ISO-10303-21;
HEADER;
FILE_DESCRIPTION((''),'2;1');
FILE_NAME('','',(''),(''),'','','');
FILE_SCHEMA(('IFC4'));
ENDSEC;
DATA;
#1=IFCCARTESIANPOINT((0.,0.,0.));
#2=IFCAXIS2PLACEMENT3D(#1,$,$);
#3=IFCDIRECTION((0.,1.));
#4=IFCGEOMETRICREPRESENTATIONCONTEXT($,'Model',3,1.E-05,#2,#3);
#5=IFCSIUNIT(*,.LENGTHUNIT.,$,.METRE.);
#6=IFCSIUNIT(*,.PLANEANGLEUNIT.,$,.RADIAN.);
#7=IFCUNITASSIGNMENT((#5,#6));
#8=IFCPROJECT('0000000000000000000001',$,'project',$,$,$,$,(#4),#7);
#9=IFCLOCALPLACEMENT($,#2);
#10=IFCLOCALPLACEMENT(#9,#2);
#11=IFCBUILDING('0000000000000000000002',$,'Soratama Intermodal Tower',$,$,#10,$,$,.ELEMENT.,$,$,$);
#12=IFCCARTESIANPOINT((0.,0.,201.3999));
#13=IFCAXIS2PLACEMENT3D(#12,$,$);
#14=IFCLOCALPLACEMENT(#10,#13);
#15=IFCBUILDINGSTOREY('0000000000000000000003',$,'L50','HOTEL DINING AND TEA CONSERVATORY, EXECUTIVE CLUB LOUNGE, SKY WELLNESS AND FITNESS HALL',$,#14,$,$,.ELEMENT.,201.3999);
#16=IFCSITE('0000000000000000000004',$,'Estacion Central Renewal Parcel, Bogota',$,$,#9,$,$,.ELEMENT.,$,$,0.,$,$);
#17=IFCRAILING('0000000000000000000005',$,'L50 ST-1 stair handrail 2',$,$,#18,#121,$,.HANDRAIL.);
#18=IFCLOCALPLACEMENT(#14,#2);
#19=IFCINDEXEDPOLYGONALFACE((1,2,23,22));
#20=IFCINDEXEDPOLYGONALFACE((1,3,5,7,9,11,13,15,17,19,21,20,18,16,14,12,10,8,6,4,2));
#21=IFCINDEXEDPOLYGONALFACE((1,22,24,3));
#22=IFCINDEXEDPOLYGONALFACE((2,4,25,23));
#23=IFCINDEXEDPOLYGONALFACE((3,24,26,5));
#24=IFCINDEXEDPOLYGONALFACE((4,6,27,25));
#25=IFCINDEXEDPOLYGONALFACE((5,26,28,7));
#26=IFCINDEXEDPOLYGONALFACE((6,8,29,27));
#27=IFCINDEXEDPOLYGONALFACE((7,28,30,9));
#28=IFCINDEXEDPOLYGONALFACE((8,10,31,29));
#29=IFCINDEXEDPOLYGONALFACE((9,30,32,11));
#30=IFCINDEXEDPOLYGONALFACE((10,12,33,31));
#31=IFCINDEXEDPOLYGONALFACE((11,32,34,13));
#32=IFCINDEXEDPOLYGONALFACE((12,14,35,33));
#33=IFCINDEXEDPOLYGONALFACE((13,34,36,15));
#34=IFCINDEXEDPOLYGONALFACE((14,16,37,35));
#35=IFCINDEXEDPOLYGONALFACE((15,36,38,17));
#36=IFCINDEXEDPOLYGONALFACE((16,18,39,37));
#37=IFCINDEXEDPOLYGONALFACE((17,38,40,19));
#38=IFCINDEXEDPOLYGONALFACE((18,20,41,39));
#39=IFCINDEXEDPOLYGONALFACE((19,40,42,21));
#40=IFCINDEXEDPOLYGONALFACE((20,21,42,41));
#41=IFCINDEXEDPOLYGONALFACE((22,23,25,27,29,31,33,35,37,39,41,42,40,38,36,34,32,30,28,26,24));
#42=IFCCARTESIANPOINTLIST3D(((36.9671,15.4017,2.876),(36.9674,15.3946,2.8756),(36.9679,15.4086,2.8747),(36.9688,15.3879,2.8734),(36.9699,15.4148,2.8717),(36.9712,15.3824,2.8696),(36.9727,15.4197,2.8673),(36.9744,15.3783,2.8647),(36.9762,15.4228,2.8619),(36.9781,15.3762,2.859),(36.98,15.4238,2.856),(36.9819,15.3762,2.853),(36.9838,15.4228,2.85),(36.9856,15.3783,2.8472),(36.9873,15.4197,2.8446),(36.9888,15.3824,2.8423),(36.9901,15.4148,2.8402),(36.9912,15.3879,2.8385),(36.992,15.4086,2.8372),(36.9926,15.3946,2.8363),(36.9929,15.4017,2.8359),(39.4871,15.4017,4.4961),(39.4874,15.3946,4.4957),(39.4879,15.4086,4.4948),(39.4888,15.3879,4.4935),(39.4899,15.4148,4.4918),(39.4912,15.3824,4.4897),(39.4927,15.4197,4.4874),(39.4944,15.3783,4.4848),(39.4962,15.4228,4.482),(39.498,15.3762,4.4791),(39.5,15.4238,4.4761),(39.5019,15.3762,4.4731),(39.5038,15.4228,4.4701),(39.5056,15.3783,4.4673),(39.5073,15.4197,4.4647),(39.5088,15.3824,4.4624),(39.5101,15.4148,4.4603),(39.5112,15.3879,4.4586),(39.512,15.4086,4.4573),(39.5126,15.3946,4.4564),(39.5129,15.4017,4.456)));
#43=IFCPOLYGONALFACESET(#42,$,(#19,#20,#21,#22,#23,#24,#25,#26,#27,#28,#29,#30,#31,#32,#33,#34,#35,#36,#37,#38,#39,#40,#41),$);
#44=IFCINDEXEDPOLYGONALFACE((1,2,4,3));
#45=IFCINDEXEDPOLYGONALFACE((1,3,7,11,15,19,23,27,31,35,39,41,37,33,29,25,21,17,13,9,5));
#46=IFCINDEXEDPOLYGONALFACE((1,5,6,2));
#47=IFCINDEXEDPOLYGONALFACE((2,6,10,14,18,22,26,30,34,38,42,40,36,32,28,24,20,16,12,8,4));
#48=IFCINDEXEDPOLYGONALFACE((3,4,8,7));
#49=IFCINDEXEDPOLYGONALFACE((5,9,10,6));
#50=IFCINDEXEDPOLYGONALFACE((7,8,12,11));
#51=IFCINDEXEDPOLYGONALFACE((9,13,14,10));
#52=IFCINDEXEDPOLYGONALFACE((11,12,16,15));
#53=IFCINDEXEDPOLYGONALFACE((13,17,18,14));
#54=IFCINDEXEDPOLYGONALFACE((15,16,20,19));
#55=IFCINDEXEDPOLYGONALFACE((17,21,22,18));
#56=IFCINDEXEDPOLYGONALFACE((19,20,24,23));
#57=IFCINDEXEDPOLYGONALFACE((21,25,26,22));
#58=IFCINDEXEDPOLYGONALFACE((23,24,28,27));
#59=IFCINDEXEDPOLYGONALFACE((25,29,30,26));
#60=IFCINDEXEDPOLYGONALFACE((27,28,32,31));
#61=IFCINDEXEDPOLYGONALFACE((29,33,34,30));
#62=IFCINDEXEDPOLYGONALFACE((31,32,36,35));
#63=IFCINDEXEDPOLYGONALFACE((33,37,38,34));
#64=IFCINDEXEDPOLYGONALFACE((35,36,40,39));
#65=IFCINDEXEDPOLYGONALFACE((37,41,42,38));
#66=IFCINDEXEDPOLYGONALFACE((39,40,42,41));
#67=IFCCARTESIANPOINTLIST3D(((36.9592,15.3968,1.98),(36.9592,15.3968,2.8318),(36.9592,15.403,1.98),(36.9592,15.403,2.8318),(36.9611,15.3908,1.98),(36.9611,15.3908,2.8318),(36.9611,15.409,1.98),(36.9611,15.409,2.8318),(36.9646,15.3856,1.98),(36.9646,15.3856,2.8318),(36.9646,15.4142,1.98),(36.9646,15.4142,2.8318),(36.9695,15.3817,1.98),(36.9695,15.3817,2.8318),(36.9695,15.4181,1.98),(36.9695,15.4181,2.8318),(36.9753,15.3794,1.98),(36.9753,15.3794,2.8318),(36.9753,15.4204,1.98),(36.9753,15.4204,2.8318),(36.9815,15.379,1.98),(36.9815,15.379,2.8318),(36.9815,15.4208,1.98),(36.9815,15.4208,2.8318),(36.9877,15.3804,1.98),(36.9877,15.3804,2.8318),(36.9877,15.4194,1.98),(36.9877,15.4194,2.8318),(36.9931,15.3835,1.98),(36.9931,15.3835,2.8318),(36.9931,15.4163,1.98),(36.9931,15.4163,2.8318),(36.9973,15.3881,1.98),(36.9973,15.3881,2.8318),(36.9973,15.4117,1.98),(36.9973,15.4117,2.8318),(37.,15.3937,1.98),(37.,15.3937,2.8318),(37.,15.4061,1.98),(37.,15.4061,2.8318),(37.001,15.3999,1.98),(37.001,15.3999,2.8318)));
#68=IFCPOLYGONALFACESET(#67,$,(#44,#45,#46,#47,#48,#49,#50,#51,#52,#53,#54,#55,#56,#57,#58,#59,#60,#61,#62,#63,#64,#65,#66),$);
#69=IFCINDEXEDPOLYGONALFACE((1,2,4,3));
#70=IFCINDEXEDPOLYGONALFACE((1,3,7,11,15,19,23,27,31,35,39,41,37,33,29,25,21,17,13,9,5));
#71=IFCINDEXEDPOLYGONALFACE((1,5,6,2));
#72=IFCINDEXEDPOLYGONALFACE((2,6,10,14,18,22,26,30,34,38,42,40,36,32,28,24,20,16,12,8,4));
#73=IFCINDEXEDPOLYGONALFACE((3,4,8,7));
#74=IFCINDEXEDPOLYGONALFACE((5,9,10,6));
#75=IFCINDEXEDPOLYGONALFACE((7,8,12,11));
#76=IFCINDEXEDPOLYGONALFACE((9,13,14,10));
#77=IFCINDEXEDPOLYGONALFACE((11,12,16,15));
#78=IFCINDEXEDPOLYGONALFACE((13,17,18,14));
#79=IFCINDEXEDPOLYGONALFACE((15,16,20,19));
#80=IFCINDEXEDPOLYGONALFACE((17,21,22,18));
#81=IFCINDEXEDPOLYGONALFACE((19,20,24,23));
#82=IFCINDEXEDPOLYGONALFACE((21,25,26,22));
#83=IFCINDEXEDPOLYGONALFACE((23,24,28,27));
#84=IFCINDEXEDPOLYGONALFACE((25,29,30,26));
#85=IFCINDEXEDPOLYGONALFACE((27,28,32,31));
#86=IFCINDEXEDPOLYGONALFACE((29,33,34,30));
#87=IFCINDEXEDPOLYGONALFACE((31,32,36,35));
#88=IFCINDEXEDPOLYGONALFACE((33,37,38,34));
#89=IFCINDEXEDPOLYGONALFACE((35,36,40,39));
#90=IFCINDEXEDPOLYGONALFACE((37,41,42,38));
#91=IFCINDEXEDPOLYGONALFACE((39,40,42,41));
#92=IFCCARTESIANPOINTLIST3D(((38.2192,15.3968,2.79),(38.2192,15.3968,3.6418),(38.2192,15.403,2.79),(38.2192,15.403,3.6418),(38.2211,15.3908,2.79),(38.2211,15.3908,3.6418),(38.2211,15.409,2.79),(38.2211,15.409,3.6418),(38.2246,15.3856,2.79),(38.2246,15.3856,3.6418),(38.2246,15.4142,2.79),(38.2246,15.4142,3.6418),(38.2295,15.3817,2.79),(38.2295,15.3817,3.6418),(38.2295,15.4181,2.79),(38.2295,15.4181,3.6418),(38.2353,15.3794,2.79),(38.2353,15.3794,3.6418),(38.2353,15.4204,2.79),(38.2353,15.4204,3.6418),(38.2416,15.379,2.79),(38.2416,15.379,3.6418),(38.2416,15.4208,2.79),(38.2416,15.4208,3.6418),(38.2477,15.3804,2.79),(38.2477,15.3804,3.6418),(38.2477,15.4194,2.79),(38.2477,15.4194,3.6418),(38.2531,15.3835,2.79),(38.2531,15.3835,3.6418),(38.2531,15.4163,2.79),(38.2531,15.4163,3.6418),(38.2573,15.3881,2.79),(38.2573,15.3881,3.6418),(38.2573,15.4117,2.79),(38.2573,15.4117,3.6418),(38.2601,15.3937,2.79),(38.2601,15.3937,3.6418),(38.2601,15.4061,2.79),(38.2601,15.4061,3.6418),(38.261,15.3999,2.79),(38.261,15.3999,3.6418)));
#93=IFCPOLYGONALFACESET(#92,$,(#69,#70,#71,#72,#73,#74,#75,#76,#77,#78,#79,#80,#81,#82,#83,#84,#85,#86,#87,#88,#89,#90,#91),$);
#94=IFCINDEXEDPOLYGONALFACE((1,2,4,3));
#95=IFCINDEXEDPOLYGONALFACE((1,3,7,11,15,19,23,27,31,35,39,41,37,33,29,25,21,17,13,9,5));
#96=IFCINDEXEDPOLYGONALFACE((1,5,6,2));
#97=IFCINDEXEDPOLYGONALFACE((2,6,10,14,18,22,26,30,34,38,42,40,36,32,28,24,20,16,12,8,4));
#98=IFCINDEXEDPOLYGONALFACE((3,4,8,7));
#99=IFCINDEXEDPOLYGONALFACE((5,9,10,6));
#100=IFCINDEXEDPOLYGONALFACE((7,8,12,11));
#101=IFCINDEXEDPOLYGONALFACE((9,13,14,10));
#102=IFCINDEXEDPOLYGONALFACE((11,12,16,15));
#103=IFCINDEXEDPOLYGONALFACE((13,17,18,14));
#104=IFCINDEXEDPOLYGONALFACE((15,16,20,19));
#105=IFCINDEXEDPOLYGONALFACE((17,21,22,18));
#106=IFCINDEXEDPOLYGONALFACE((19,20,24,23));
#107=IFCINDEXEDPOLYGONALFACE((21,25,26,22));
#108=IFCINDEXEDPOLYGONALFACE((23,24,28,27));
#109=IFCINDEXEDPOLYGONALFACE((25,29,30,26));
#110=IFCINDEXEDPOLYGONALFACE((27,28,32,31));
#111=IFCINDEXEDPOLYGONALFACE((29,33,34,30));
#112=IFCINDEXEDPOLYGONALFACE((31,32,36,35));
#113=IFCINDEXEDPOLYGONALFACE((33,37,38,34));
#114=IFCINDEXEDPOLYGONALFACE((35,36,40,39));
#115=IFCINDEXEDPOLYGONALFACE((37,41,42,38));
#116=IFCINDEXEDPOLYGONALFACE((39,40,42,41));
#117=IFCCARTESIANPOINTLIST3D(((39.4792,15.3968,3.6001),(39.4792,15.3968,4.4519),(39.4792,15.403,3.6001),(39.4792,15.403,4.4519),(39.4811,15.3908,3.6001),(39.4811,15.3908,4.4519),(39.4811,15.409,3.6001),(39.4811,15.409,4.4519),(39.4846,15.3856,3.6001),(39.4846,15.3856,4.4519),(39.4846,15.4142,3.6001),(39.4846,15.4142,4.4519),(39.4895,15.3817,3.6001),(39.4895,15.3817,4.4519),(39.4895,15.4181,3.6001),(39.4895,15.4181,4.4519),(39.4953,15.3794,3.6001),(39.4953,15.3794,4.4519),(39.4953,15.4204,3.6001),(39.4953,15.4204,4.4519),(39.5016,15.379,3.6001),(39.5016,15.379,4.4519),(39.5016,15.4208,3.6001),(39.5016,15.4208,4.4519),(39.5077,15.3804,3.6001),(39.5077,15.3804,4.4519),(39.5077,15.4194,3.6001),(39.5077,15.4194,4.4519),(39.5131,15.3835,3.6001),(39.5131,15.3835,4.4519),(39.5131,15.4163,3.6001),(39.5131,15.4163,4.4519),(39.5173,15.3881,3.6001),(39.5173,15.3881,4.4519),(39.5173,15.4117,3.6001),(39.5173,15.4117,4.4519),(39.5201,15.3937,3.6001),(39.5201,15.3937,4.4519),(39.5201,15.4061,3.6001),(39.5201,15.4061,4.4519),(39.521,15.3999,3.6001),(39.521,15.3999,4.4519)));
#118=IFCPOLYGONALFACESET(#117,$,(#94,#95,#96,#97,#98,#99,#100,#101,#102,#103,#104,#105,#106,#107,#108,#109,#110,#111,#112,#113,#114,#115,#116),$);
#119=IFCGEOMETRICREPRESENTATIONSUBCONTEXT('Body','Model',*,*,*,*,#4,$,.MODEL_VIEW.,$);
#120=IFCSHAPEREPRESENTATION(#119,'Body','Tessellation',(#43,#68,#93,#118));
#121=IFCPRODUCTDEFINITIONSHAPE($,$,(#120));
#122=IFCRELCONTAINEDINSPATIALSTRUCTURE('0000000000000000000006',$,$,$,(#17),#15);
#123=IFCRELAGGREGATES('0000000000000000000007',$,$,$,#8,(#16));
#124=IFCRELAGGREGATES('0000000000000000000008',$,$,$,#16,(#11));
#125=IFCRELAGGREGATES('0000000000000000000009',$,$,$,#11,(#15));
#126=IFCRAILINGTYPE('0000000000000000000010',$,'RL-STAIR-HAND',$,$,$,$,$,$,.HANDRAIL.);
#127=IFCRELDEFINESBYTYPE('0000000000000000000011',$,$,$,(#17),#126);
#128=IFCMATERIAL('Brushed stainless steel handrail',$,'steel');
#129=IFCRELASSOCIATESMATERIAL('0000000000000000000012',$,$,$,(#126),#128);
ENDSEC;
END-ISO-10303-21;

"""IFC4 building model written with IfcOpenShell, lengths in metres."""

from ifc_helpers import new_model, si_unit, direction, frame, origin, origin_2d, place, context, subcontext, project, spatial, circle, extrude, material, type_object, element, save


model = new_model("IFC4")

# Units and contexts
model_context = context("Model", 3, precision=1e-05, world=origin(), true_north=direction((0.0, 1.0)))
body_context = subcontext(model_context, "Body", "Model", "MODEL_VIEW")
ifc_project = project(units=[si_unit("LENGTHUNIT", "METRE"), si_unit("PLANEANGLEUNIT", "RADIAN")], contexts=[model_context])

# Site, building, storey
site_placement = place(None, origin())
site = spatial("IfcSite", under=ifc_project, at=site_placement, Name="Estacion Central Renewal Parcel, Bogota", CompositionType="ELEMENT", RefElevation=0.0)
building_placement = place(site_placement, origin())
building = spatial("IfcBuilding", under=site, at=building_placement, Name="Soratama Intermodal Tower", CompositionType="ELEMENT")
storey_placement = place(building_placement, frame((0.0, 0.0, 201.3999)))
storey = spatial("IfcBuildingStorey", under=building, at=storey_placement, Name="L50", Description="HOTEL DINING AND TEA CONSERVATORY, EXECUTIVE CLUB LOUNGE, SKY WELLNESS AND FITNESS HALL", CompositionType="ELEMENT", Elevation=201.3999)

# Railing
ifc_material_1 = material(Name="Brushed stainless steel handrail", Category="steel")
railing_type_1 = type_object("IfcRailingType", Name="RL-STAIR-HAND", PredefinedType="HANDRAIL", material=ifc_material_1)
railing_1_placement = place(storey_placement, frame((36.98, 15.3999, 1.98)))
element("IfcRailing", 1, at=railing_1_placement, inside=storey, type_object=railing_type_1, Name="L50 ST-1 stair handrail 2", PredefinedType="HANDRAIL", context=body_context, shape_type="SweptSolid", body=[
    extrude(circle(Radius=0.0239, at=origin_2d()), frame((0.0, 0.0, 0.876), z_axis=(0.841163, 0.0, 0.540782), x_axis=(0.0, 1.0, 0.0)), (0.0, 0.0, 1.0), 2.9958),
    extrude(circle(Radius=0.021, at=origin_2d()), origin(), (0.0, 0.0, 1.0), 0.8518),
    extrude(circle(Radius=0.021, at=origin_2d()), frame((1.26, 0.0, 0.8101)), (0.0, 0.0, 1.0), 0.8518),
    extrude(circle(Radius=0.021, at=origin_2d()), frame((2.52, 0.0, 1.6201)), (0.0, 0.0, 1.0), 0.8518),
])

save(model, "model.ifc")
